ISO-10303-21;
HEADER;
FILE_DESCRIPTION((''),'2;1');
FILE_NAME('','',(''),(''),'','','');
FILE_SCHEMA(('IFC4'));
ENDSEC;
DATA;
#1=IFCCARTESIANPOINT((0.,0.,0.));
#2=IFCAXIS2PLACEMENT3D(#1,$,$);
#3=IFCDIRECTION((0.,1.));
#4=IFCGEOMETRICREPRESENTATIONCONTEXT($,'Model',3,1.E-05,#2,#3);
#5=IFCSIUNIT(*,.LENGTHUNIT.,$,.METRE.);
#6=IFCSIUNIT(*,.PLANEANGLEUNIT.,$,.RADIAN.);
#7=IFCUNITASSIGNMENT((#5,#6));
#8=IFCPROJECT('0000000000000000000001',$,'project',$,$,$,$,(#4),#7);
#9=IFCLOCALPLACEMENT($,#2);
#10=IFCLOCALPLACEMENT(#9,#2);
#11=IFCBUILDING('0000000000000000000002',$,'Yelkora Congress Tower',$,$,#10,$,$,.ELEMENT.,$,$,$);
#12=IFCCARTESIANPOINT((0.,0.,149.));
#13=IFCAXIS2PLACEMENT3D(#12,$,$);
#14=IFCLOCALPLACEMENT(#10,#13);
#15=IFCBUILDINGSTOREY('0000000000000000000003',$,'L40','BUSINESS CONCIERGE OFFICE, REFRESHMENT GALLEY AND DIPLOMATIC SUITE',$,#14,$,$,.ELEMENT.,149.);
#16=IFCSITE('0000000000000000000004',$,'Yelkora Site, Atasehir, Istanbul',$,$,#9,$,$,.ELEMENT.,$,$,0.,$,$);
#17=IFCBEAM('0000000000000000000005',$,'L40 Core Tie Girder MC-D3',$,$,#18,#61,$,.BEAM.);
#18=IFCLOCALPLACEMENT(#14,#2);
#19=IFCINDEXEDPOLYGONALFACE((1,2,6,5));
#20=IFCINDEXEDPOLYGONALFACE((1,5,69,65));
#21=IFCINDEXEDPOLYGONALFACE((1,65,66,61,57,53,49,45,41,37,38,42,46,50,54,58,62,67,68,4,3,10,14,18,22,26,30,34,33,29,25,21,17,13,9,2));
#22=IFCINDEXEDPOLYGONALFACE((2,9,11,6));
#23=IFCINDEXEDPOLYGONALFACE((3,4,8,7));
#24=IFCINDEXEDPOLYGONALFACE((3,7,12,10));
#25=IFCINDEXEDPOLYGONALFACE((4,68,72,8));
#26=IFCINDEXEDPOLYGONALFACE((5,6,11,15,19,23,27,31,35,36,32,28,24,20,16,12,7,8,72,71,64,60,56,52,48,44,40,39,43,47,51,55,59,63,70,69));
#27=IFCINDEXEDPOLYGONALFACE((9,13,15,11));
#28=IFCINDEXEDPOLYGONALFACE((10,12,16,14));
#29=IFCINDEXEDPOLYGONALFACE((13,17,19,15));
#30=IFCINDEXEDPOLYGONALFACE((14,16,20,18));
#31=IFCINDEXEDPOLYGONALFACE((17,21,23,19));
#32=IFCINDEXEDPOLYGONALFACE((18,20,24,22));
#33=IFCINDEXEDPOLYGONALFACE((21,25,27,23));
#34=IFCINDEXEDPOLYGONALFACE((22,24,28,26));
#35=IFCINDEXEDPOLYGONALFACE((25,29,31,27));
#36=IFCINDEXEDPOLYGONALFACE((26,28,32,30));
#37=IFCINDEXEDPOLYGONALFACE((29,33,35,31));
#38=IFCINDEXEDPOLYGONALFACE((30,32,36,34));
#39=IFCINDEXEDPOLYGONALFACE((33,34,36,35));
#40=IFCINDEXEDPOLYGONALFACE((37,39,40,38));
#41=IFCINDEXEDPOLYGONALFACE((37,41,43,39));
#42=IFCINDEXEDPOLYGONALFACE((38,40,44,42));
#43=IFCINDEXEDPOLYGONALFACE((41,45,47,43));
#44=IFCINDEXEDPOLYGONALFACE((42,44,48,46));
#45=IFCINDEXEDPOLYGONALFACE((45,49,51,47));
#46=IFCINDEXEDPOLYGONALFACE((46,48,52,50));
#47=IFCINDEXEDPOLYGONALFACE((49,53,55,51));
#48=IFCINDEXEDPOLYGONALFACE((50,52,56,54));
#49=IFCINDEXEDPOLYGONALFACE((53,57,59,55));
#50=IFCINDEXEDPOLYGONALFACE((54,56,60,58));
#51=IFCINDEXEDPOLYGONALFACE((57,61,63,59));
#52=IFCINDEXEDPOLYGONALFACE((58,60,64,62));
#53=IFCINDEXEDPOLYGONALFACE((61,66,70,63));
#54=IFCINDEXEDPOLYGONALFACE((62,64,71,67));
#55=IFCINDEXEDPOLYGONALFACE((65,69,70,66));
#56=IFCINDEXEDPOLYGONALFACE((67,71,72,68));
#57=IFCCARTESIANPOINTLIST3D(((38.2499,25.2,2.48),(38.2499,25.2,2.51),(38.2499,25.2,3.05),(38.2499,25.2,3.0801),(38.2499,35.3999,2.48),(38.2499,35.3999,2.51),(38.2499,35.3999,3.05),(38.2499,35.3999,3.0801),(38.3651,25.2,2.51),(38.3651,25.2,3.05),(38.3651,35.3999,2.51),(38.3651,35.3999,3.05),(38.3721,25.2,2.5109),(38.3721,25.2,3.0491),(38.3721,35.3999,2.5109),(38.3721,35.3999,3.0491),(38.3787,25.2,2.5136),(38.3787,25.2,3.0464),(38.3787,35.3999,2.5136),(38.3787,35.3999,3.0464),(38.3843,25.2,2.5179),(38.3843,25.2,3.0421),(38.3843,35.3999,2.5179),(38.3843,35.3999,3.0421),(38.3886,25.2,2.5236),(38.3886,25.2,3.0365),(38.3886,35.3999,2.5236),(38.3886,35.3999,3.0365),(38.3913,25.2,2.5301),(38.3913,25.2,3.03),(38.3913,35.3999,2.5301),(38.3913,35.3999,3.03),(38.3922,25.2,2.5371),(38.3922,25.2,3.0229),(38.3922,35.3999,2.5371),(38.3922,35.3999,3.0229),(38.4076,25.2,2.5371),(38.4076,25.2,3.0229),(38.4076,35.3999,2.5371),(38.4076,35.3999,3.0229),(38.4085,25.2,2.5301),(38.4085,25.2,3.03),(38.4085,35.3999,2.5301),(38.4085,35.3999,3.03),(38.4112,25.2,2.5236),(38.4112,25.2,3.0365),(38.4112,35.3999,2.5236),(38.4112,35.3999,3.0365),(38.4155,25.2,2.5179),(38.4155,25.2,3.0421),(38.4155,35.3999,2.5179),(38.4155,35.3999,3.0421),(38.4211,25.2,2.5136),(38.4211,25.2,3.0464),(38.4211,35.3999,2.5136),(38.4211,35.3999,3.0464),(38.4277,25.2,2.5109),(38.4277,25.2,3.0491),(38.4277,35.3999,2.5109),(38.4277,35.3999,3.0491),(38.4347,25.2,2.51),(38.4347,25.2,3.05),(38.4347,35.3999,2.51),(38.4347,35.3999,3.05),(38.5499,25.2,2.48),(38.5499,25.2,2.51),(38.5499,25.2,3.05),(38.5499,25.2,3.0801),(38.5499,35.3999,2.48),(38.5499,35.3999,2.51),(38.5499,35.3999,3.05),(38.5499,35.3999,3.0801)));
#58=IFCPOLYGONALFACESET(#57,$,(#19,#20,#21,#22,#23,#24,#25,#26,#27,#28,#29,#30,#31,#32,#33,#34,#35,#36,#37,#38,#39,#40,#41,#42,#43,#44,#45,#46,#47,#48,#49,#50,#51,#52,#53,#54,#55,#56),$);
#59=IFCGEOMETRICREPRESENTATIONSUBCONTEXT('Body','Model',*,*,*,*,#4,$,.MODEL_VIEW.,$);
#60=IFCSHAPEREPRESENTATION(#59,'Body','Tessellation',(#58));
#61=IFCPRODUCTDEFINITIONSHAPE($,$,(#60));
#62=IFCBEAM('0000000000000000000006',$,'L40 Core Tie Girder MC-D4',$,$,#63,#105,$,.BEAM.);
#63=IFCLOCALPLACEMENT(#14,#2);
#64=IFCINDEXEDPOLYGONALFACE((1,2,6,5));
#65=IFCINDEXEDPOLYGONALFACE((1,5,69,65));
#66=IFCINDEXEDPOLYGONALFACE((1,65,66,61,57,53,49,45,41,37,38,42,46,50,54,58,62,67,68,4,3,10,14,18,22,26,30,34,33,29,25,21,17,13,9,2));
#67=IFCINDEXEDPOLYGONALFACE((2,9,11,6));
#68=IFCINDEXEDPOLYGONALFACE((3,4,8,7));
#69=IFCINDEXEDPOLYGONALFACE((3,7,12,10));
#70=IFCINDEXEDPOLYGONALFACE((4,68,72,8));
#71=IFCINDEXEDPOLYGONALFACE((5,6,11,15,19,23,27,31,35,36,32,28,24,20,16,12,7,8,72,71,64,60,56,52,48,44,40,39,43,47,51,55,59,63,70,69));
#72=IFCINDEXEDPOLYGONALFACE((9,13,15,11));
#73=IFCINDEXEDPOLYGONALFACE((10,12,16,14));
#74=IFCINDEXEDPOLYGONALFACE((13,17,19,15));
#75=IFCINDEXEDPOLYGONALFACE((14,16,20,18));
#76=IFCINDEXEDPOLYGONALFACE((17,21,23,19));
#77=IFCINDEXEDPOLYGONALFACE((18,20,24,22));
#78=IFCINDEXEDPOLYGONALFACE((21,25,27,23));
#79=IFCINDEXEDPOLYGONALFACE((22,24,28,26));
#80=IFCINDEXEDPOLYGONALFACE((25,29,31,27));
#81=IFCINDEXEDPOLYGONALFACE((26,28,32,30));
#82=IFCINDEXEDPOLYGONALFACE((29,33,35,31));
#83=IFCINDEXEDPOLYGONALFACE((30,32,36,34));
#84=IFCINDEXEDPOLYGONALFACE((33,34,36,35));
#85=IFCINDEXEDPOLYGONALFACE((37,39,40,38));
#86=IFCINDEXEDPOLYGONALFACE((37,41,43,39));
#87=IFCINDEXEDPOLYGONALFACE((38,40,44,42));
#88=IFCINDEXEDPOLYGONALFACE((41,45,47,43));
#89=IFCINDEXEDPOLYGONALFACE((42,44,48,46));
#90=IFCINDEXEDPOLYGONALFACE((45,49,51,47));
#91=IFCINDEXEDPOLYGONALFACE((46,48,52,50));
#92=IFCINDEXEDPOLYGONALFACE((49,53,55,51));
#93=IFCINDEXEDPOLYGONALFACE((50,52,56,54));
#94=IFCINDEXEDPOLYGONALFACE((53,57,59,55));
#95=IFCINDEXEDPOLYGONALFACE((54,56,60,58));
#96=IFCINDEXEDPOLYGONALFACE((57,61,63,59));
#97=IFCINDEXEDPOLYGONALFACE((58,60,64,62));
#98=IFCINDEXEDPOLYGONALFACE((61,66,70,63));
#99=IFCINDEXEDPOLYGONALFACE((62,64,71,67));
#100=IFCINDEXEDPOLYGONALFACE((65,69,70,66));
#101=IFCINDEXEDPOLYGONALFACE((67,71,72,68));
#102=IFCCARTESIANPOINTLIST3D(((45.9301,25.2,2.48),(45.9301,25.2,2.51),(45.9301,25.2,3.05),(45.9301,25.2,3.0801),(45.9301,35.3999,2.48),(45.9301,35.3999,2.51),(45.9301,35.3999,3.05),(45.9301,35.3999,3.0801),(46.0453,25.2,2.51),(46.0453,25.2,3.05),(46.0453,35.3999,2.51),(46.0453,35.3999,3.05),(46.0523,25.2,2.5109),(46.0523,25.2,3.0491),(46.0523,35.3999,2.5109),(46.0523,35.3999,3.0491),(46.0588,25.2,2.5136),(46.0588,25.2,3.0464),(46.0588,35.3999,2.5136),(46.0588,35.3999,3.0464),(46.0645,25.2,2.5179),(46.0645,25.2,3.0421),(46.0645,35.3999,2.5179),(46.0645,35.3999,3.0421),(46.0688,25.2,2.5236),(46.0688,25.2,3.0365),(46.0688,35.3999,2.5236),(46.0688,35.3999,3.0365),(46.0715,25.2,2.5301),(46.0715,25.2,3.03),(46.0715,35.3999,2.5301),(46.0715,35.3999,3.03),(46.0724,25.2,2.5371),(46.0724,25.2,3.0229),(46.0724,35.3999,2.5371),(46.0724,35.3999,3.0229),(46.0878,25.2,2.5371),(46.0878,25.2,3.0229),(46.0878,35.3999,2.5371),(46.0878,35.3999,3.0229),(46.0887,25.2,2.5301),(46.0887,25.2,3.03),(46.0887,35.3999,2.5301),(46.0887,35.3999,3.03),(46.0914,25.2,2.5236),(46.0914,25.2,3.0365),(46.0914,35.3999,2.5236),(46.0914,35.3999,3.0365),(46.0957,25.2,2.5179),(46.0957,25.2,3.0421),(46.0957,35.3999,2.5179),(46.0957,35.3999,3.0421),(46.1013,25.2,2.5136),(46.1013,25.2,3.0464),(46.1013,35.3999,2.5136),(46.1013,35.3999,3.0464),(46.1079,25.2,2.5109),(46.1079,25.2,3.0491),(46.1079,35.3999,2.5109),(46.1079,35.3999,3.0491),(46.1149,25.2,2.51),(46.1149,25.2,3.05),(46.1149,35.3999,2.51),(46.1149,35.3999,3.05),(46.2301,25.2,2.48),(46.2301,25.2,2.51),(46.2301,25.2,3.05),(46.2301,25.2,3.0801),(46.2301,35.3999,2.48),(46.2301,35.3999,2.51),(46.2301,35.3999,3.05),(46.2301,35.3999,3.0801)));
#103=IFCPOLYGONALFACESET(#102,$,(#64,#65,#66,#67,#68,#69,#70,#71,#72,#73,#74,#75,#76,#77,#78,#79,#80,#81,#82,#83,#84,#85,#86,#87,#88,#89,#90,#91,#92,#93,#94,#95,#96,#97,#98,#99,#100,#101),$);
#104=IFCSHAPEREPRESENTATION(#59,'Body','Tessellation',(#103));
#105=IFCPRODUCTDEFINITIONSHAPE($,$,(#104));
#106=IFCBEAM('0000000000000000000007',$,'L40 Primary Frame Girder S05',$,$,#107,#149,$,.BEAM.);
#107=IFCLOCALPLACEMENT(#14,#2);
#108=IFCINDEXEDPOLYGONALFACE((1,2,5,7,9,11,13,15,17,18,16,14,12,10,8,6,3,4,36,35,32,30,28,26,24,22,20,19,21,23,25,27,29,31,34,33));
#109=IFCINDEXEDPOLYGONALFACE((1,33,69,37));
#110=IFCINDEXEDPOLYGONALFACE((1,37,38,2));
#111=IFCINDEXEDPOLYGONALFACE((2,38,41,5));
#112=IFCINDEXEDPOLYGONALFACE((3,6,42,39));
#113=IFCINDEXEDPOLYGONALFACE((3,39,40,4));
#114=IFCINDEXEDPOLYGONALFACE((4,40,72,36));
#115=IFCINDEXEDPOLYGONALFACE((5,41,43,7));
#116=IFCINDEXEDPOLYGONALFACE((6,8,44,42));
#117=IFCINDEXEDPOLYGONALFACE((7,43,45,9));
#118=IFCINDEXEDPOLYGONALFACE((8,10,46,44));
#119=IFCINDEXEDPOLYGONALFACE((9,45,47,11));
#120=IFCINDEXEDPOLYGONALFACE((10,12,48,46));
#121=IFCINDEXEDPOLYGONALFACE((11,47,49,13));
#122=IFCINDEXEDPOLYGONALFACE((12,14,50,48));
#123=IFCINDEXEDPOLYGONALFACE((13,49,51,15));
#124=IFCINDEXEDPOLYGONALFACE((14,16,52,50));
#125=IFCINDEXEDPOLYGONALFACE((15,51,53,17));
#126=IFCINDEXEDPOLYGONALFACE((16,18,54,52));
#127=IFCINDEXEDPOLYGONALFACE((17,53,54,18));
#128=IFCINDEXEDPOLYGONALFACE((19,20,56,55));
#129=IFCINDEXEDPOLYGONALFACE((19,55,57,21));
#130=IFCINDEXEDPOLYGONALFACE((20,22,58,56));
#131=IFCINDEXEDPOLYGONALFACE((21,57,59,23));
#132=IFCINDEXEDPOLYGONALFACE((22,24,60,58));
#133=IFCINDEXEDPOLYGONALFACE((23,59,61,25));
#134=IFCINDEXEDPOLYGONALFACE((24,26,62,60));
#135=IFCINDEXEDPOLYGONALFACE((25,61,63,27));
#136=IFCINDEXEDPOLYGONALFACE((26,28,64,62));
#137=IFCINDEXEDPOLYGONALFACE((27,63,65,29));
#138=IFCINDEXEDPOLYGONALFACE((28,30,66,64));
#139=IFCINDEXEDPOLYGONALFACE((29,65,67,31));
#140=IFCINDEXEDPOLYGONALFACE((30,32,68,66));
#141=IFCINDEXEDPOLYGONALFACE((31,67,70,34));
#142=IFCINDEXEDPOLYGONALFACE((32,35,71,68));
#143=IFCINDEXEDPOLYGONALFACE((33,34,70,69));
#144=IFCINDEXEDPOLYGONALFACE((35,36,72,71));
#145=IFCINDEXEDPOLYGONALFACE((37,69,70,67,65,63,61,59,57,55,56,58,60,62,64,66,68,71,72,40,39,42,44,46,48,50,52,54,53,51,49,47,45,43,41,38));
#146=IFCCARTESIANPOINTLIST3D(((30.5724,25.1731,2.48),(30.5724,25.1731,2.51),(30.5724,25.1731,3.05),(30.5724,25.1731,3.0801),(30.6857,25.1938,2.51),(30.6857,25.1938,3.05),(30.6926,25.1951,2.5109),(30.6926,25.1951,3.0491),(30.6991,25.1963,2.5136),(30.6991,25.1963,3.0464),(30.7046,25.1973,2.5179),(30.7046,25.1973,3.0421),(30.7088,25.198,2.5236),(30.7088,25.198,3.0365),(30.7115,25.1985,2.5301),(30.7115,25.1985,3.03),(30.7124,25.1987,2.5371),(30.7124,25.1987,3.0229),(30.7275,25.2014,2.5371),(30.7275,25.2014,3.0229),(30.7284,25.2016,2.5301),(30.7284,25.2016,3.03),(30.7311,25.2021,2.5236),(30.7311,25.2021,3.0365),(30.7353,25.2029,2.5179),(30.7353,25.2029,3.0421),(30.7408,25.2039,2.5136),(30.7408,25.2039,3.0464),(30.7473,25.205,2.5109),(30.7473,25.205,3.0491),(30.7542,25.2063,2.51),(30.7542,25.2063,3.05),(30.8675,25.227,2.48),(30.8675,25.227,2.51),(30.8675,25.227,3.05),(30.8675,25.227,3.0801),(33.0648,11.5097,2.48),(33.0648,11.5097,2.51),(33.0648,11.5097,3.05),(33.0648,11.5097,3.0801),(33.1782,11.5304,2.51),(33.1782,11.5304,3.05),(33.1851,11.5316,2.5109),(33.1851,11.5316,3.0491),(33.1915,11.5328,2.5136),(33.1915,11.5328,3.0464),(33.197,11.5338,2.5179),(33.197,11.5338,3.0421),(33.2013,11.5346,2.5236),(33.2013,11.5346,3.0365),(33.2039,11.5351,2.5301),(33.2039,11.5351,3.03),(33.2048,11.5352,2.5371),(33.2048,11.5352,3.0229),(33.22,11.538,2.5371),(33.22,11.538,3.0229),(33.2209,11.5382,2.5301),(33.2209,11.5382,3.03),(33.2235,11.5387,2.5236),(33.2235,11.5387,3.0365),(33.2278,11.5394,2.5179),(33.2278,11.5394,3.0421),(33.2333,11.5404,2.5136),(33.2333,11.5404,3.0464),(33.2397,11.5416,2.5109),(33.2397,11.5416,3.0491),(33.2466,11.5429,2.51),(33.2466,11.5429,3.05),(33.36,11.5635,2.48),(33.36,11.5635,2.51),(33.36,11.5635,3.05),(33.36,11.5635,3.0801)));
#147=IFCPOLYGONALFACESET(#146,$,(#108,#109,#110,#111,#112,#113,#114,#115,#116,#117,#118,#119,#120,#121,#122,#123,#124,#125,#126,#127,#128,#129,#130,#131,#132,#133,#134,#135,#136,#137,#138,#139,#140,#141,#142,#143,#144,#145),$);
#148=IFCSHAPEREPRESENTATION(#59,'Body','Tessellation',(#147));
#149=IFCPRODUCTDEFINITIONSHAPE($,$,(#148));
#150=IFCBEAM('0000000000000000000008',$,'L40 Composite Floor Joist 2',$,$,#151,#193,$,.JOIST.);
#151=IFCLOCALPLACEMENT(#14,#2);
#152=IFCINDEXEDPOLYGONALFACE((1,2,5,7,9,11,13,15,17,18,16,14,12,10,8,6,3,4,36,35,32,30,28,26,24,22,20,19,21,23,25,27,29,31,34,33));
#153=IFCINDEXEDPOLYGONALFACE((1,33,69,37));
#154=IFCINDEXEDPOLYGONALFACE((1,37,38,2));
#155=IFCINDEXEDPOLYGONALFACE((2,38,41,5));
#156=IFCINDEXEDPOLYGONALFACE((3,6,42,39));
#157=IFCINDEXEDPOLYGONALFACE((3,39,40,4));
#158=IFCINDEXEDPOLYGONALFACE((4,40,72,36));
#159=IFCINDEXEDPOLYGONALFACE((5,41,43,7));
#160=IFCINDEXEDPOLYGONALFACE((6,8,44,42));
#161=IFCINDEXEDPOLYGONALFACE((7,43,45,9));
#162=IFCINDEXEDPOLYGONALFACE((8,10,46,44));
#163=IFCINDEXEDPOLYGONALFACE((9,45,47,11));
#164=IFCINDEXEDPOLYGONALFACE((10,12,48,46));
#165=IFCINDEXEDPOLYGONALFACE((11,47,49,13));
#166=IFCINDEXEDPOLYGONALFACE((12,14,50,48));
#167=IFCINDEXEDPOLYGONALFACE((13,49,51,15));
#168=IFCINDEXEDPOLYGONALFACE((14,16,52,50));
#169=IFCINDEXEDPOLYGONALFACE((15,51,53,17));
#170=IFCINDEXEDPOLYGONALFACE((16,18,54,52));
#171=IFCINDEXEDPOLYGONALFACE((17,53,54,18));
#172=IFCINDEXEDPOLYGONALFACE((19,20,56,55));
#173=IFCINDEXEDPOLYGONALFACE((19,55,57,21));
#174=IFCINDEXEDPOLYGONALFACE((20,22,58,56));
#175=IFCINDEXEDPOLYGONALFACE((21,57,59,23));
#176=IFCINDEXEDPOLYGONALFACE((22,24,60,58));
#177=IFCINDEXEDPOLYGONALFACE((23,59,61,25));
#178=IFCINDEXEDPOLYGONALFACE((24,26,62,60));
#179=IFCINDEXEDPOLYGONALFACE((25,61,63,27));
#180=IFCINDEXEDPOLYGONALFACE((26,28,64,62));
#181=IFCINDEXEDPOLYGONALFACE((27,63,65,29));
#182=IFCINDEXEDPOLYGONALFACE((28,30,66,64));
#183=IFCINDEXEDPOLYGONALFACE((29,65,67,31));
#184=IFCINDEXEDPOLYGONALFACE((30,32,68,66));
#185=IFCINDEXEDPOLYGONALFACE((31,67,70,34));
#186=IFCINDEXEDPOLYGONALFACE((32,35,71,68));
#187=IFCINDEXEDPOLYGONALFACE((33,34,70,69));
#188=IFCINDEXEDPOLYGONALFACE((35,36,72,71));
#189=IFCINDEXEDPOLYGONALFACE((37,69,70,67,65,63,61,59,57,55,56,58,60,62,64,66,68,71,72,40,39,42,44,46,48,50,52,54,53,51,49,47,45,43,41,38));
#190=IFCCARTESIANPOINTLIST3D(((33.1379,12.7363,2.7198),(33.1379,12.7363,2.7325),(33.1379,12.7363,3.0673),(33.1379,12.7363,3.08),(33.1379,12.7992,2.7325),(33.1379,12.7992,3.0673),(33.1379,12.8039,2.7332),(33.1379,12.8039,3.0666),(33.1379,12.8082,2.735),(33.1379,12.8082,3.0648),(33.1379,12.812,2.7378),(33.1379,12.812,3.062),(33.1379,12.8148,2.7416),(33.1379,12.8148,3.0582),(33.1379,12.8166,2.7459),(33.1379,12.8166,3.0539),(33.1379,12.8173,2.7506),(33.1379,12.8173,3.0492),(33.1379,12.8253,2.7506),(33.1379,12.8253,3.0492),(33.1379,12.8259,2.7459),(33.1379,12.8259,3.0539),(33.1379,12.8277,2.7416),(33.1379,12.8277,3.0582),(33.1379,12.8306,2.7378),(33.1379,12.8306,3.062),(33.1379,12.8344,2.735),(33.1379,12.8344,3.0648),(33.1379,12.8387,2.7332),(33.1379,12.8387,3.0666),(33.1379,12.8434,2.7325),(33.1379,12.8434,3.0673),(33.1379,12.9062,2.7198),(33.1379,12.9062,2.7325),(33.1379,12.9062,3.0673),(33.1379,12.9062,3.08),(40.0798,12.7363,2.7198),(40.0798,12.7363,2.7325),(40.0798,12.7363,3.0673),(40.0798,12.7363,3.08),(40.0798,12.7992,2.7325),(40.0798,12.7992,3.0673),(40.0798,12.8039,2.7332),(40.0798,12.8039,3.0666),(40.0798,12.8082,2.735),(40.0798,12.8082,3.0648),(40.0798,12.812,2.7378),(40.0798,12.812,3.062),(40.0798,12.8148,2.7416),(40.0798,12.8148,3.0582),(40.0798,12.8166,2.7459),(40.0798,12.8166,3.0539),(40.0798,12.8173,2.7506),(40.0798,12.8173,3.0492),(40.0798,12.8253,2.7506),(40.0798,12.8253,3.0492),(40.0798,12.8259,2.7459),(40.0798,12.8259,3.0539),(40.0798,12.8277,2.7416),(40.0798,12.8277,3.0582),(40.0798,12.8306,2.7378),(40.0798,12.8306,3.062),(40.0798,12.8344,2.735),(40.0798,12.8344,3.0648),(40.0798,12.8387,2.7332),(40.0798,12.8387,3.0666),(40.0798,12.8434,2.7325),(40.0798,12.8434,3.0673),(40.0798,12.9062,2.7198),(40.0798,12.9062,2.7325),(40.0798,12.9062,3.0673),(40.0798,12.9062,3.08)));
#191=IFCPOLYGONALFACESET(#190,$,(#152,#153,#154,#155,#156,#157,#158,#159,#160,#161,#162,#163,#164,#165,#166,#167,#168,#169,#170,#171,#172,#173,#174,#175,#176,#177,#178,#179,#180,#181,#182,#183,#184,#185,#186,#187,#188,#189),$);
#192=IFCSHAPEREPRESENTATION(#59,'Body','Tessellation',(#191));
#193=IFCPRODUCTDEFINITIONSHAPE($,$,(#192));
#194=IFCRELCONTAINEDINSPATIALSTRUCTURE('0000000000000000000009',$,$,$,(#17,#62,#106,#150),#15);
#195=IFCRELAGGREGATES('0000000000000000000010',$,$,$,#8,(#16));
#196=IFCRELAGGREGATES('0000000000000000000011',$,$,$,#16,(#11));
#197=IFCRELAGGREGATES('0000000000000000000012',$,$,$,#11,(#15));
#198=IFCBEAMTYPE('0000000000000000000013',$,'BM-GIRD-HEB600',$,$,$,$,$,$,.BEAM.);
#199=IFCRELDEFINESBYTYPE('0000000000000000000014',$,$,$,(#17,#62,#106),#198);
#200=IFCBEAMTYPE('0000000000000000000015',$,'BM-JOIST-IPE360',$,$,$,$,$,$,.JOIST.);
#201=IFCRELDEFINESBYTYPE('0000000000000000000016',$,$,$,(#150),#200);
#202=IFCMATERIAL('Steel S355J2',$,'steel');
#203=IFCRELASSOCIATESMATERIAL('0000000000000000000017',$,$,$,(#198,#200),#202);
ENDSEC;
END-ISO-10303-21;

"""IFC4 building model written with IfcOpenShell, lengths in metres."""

from ifc_helpers import new_model, si_unit, direction, frame, origin, origin_2d, place, context, subcontext, project, spatial, i_section, extrude, material, material_profile, profile_set, type_object, element, save


model = new_model("IFC4")

# Units and contexts
model_context = context("Model", 3, precision=1e-05, world=origin(), true_north=direction((0.0, 1.0)))
body_context = subcontext(model_context, "Body", "Model", "MODEL_VIEW")
ifc_project = project(units=[si_unit("LENGTHUNIT", "METRE"), si_unit("PLANEANGLEUNIT", "RADIAN")], contexts=[model_context])

# Site, building, storey
site_placement = place(None, origin())
site = spatial("IfcSite", under=ifc_project, at=site_placement, Name="Yelkora Site, Atasehir, Istanbul", CompositionType="ELEMENT", RefElevation=0.0)
building_placement = place(site_placement, origin())
building = spatial("IfcBuilding", under=site, at=building_placement, Name="Yelkora Congress Tower", CompositionType="ELEMENT")
storey_placement = place(building_placement, frame((0.0, 0.0, 149.0)))
storey = spatial("IfcBuildingStorey", under=building, at=storey_placement, Name="L40", Description="BUSINESS CONCIERGE OFFICE, REFRESHMENT GALLEY AND DIPLOMATIC SUITE", CompositionType="ELEMENT", Elevation=149.0)

# Beams
ifc_material_1 = material(Name="Steel S355J2", Category="steel")
ifc_material_profile_1 = material_profile(ifc_material_1, i_section(OverallWidth=0.3, OverallDepth=0.6001, WebThickness=0.0154, FlangeThickness=0.03, FilletRadius=0.0271, at=origin_2d()), Name="HEB 600")
ifc_profile_set_1 = profile_set([ifc_material_profile_1], Name="Steel S355J2")
beam_type_1 = type_object("IfcBeamType", Name="BM-GIRD-HEB600", PredefinedType="BEAM", material=ifc_profile_set_1)
for number, where, z_axis, x_axis, name in (
    (1, (38.3999, 25.2, 2.78), (0.0, 1.0, 0.0), (-1.0, 0.0, 0.0), "L40 Core Tie Girder MC-D3"),
    (2, (46.0801, 25.2, 2.78), (0.0, 1.0, 0.0), (-1.0, 0.0, 0.0), "L40 Core Tie Girder MC-D4"),
):
    element("IfcBeam", number, at=place(storey_placement, frame(where, z_axis=z_axis, x_axis=x_axis)), inside=storey, type_object=beam_type_1, Name=name, PredefinedType="BEAM", context=body_context, shape_type="SweptSolid", body=[
        extrude(i_section(OverallWidth=0.3, OverallDepth=0.6001, WebThickness=0.0154, FlangeThickness=0.03, FilletRadius=0.0271, at=origin_2d()), origin(), (0.0, 0.0, 1.0), 10.2),
    ])
beam_1_placement = place(storey_placement, frame((33.2124, 11.5366, 2.78), z_axis=(-0.179456, 0.983766, 0.0), x_axis=(-0.983766, -0.179456, 0.0)))
element("IfcBeam", 3, at=beam_1_placement, inside=storey, type_object=beam_type_1, Name="L40 Primary Frame Girder S05", PredefinedType="BEAM", context=body_context, shape_type="SweptSolid", body=[
    extrude(i_section(OverallWidth=0.3, OverallDepth=0.6001, WebThickness=0.0154, FlangeThickness=0.03, FilletRadius=0.0271, at=origin_2d()), origin(), (0.0, 0.0, 1.0), 13.8889),
])
ifc_material_profile_2 = material_profile(ifc_material_1, i_section(OverallWidth=0.1699, OverallDepth=0.3601, WebThickness=0.0081, FlangeThickness=0.0127, FilletRadius=0.0181, at=origin_2d()), Name="IPE 360")
ifc_profile_set_2 = profile_set([ifc_material_profile_2], Name="Steel S355J2")
beam_type_2 = type_object("IfcBeamType", Name="BM-JOIST-IPE360", PredefinedType="JOIST", material=ifc_profile_set_2)
beam_2_placement = place(storey_placement, frame((33.1379, 12.8213, 2.8999), z_axis=(1.0, 0.0, 0.0), x_axis=(0.0, 1.0, 0.0)))
element("IfcBeam", 4, at=beam_2_placement, inside=storey, type_object=beam_type_2, Name="L40 Composite Floor Joist 2", PredefinedType="JOIST", context=body_context, shape_type="SweptSolid", body=[
    extrude(i_section(OverallWidth=0.1699, OverallDepth=0.3601, WebThickness=0.0081, FlangeThickness=0.0127, FilletRadius=0.0181, at=origin_2d()), origin(), (0.0, 0.0, 1.0), 6.9419),
])

save(model, "model.ifc")
